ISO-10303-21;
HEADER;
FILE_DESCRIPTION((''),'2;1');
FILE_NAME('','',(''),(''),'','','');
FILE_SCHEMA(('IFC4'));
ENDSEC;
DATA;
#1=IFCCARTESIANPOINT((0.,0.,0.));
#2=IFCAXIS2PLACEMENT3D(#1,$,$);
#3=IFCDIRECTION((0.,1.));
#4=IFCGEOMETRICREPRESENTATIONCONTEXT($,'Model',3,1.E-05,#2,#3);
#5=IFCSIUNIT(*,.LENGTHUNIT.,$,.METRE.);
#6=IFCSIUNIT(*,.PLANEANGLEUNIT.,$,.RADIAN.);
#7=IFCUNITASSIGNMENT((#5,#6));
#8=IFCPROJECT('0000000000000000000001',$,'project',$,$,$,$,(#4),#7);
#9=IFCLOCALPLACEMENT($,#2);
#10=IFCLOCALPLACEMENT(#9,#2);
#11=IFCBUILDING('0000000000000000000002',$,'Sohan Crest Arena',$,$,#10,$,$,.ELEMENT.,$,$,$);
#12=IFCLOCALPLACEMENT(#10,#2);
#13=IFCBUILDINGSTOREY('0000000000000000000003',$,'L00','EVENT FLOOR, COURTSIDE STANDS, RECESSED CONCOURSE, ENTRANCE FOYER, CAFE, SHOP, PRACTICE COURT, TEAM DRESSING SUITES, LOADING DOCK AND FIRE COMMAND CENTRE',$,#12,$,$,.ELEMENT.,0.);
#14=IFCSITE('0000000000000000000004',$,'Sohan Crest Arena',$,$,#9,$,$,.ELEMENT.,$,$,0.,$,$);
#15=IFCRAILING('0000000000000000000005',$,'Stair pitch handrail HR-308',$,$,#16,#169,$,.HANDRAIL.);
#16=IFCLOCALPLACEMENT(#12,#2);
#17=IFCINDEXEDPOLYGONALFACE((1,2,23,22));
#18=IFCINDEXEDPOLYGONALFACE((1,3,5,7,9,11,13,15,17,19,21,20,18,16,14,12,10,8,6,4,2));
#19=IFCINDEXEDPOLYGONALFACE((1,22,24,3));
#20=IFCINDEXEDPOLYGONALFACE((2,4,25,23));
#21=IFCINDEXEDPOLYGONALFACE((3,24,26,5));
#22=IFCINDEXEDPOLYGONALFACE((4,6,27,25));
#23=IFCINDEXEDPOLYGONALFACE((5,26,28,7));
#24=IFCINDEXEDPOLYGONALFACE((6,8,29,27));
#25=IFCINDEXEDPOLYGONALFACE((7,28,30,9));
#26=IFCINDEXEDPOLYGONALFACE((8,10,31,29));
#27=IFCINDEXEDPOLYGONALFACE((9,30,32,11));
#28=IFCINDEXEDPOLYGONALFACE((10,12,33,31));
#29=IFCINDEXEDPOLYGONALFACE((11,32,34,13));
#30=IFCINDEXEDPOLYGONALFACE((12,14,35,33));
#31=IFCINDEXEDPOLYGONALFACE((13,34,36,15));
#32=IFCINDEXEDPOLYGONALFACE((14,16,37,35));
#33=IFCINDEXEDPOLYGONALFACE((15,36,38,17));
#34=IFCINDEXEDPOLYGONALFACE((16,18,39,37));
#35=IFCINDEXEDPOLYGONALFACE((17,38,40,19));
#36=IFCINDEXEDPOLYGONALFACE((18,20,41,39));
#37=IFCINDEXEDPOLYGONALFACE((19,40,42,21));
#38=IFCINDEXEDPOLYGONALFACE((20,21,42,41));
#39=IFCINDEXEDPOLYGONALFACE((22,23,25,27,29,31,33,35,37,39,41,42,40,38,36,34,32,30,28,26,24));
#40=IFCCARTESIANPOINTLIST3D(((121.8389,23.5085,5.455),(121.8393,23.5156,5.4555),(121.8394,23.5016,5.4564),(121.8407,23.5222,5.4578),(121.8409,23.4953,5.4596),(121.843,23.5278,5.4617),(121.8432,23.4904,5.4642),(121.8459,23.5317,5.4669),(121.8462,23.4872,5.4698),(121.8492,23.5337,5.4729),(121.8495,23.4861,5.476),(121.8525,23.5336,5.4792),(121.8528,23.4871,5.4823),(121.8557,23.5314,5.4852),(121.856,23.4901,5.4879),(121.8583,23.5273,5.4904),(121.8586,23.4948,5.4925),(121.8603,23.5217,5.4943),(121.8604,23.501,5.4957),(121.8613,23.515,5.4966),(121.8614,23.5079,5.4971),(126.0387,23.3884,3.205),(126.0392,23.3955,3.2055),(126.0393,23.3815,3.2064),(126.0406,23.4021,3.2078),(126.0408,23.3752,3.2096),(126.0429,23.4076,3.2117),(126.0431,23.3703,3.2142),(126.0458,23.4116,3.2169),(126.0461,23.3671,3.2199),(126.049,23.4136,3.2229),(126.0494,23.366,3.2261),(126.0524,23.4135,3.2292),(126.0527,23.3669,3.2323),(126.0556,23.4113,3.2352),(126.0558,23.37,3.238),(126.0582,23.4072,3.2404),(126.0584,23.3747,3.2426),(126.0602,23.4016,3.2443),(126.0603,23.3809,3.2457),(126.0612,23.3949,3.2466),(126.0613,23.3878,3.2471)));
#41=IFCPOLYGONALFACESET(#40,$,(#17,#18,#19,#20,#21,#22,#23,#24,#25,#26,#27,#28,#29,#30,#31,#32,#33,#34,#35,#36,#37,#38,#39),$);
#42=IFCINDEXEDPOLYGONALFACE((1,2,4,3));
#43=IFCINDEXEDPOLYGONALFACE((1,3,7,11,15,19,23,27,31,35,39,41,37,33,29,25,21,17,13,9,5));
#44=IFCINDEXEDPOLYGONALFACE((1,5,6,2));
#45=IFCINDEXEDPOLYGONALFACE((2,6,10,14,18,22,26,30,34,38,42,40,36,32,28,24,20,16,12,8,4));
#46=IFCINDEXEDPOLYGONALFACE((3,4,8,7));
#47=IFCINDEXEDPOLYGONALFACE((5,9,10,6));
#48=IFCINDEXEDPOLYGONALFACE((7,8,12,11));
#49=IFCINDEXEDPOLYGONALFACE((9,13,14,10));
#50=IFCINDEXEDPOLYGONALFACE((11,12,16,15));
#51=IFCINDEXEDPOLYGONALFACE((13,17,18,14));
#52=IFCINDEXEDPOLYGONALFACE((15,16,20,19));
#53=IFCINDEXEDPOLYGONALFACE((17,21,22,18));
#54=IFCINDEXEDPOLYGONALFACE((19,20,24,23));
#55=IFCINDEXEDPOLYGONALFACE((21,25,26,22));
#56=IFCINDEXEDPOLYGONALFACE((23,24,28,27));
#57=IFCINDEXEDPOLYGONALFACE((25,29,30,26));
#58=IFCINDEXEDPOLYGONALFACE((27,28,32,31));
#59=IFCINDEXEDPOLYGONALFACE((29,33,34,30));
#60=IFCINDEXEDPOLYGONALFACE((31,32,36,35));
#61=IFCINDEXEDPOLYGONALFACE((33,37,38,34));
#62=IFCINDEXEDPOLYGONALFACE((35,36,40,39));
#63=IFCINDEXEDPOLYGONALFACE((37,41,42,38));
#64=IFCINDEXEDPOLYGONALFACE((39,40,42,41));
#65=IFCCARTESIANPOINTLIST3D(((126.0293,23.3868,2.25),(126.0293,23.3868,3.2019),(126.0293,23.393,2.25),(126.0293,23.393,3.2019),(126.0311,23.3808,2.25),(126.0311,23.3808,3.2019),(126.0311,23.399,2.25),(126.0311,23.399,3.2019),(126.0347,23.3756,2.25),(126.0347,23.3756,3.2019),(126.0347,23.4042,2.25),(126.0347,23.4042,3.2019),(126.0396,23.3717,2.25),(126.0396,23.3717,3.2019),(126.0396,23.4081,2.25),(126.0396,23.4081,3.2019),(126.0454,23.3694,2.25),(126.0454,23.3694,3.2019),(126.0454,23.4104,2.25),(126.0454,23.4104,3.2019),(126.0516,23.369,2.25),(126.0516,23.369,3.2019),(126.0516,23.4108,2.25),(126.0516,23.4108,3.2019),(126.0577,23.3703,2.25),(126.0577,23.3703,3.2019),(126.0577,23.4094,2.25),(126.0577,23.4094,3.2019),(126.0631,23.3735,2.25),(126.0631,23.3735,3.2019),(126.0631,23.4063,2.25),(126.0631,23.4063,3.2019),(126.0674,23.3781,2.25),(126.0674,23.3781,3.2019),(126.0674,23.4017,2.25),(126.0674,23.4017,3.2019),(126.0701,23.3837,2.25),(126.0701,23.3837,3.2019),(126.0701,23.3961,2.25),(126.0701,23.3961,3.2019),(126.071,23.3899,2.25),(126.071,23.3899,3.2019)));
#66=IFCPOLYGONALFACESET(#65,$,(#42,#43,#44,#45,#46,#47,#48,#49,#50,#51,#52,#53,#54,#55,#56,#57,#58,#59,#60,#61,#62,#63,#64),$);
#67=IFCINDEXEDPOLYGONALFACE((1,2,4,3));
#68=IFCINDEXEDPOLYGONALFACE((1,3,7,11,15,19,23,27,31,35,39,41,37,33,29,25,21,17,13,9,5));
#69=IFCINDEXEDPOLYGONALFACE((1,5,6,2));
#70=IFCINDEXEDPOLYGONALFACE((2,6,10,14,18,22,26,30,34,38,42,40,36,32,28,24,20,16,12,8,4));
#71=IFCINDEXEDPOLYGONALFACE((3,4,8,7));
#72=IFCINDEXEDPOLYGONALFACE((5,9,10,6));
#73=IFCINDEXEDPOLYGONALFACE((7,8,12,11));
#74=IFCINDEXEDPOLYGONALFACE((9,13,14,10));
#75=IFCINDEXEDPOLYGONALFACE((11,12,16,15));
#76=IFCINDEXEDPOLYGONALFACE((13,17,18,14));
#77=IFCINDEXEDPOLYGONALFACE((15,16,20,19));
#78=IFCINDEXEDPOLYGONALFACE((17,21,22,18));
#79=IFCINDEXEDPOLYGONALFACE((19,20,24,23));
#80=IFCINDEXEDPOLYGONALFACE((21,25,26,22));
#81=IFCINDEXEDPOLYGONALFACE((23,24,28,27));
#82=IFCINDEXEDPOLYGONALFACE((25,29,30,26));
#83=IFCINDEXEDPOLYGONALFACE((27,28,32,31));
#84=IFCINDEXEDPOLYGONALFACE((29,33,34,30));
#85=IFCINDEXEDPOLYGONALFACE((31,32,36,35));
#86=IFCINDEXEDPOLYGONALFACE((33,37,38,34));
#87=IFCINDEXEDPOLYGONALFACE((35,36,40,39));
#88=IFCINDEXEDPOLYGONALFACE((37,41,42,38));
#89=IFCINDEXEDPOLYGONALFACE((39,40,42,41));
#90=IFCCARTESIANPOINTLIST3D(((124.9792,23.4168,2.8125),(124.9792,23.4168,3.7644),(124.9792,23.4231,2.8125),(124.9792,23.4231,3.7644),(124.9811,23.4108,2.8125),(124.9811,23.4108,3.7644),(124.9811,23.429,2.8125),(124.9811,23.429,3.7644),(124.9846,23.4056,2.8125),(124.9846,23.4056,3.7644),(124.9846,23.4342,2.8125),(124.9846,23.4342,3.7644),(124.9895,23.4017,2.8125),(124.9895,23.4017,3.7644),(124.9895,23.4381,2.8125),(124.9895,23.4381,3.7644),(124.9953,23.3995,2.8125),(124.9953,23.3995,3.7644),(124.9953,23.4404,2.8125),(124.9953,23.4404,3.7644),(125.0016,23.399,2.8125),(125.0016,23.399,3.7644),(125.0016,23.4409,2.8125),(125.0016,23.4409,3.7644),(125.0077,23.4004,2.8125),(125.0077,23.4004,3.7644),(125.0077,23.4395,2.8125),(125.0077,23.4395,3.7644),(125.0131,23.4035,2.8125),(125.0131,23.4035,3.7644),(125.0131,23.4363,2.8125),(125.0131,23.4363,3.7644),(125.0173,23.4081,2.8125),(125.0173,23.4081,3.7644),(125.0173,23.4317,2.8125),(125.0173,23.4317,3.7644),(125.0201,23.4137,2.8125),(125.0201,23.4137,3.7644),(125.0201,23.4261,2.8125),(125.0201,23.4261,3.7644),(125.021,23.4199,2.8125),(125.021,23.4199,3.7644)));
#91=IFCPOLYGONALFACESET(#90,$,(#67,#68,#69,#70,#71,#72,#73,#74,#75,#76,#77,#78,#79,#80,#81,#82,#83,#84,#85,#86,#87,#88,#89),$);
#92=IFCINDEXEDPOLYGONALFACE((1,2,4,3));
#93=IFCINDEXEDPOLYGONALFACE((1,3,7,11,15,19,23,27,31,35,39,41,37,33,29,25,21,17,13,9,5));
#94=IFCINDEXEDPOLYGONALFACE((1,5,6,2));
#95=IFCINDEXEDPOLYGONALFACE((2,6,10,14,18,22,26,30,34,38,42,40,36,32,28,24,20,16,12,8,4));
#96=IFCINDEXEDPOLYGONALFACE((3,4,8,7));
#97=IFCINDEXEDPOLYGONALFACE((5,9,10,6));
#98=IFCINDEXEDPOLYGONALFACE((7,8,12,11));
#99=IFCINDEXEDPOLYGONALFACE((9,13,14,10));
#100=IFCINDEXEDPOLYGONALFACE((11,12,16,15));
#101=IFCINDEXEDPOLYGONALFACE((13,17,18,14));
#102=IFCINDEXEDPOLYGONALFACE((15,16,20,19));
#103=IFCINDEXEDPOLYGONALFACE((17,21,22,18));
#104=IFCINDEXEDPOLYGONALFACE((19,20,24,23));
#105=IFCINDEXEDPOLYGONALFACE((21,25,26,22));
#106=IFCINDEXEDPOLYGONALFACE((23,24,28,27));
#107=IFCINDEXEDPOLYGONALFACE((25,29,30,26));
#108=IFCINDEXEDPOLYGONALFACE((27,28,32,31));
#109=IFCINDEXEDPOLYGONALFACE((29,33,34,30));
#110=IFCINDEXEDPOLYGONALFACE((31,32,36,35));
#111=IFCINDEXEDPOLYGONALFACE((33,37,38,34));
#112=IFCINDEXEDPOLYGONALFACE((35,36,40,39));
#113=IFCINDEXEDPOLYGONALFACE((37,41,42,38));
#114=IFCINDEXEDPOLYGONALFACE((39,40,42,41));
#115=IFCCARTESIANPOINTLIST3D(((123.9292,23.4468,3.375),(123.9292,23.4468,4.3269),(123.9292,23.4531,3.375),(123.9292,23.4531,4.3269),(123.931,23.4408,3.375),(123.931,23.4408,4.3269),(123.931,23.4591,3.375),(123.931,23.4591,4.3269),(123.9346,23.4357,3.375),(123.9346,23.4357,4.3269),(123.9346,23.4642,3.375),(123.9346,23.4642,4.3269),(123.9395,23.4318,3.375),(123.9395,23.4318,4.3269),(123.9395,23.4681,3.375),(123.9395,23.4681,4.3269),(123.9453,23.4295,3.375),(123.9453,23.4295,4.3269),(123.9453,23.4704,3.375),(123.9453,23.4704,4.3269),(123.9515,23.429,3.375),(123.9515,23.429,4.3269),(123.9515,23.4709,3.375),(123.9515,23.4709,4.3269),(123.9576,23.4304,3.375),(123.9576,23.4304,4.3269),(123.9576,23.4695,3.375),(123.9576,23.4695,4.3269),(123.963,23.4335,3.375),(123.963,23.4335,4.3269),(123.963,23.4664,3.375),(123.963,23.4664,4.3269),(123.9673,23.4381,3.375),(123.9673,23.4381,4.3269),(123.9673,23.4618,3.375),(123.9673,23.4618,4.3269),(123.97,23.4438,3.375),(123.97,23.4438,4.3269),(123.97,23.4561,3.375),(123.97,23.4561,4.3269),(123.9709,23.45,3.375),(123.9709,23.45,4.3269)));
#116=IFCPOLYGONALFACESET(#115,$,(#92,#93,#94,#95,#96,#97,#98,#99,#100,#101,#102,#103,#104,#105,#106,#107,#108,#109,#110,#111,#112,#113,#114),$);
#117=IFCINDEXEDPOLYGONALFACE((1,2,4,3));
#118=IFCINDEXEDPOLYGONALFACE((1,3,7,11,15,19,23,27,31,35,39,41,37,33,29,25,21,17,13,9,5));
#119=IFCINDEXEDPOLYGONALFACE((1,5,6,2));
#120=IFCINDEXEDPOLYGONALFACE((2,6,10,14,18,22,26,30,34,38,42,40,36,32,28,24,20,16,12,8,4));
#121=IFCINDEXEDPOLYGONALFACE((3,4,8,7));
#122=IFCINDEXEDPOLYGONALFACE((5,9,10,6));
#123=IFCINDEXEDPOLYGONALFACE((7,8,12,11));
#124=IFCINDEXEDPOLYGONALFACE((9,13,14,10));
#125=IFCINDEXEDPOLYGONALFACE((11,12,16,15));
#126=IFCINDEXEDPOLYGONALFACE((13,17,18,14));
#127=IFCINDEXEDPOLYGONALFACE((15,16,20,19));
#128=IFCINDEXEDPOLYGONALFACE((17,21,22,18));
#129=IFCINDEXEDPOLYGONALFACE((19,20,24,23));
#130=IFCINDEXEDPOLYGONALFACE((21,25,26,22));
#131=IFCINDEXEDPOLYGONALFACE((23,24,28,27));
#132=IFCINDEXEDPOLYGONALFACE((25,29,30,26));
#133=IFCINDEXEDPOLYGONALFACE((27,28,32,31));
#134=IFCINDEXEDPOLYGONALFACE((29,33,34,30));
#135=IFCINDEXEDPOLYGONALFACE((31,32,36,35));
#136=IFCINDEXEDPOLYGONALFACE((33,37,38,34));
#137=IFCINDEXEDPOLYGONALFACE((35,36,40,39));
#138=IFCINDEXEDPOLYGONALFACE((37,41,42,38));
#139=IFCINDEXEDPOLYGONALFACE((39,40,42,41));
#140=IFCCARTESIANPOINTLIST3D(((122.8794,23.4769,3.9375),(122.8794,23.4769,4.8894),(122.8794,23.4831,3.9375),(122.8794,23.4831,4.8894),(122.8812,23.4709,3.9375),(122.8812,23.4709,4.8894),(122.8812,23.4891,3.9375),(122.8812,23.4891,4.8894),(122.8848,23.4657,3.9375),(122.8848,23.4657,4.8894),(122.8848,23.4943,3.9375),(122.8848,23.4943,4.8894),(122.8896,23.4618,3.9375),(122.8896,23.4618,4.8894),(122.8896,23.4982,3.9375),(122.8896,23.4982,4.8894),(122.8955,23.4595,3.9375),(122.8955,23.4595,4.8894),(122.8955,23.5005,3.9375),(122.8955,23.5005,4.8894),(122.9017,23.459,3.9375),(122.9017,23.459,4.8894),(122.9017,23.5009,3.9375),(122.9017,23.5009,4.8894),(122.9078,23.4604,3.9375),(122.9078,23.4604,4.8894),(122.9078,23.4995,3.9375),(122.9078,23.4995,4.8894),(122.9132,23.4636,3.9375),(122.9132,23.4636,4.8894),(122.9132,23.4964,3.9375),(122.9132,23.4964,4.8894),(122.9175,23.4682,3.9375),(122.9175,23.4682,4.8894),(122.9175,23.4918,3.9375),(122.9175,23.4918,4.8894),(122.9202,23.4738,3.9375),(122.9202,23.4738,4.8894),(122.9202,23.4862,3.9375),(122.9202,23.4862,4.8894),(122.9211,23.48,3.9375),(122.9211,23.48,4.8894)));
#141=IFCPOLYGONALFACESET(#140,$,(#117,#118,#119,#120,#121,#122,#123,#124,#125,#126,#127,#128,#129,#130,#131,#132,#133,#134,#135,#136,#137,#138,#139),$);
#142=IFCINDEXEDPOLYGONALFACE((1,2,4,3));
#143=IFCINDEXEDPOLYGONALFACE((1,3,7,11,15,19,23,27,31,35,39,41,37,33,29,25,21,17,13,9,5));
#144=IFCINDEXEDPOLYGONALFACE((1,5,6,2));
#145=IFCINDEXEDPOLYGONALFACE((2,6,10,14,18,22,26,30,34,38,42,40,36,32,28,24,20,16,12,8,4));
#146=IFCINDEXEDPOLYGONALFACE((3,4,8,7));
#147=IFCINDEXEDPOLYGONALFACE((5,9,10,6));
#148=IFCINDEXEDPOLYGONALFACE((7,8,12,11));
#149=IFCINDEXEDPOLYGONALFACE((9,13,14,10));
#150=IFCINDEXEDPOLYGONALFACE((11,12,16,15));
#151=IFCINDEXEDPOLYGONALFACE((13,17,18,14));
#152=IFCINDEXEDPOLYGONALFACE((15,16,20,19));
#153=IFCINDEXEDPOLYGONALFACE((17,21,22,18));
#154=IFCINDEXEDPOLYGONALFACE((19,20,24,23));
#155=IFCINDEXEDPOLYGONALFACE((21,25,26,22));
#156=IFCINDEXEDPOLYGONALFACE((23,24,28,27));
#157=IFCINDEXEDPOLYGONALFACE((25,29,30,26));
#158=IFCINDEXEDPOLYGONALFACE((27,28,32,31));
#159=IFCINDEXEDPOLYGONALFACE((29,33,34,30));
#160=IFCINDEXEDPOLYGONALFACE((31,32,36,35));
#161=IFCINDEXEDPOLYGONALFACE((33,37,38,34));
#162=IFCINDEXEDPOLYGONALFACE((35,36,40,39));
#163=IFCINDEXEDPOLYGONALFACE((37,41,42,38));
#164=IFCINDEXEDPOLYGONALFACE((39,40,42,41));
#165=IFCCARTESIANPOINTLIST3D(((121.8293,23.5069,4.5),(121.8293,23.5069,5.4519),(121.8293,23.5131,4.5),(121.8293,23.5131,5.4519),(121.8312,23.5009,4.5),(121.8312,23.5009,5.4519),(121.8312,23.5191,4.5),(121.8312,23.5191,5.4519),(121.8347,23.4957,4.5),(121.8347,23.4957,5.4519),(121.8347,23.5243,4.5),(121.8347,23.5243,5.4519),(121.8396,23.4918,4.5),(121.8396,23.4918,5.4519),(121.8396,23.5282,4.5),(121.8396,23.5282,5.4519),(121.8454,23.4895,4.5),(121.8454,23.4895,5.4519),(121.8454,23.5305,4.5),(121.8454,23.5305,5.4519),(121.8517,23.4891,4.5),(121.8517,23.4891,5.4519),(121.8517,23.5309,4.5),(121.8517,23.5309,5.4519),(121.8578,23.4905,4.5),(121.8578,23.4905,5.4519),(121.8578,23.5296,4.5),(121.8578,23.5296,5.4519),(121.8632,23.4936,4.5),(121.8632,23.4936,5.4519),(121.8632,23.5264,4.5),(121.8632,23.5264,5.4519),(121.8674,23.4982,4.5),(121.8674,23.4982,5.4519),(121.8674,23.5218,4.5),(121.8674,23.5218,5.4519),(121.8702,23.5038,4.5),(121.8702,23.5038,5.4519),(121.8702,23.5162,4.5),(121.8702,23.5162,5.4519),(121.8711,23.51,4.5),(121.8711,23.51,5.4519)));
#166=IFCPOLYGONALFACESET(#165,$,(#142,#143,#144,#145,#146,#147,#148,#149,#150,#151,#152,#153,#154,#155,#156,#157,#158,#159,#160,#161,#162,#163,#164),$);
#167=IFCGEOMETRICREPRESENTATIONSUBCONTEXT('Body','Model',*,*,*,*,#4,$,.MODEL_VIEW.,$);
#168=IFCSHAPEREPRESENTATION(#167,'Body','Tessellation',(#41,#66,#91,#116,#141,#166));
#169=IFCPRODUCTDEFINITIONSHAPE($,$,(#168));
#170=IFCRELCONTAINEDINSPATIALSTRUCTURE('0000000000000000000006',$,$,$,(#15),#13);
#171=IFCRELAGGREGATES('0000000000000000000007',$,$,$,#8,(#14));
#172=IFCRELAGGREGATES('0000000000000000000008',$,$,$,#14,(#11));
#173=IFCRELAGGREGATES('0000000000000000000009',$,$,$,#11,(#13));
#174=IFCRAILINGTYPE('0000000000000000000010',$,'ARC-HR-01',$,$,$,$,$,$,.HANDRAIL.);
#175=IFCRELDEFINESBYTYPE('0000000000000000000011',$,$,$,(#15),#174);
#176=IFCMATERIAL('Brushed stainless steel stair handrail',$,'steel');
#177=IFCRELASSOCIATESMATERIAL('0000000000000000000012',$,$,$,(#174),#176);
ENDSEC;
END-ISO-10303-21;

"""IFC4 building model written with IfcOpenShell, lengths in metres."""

from ifc_helpers import new_model, si_unit, direction, frame, origin, origin_2d, place, context, subcontext, project, spatial, circle, extrude, material, type_object, element, save


model = new_model("IFC4")

# Units and contexts
model_context = context("Model", 3, precision=1e-05, world=origin(), true_north=direction((0.0, 1.0)))
body_context = subcontext(model_context, "Body", "Model", "MODEL_VIEW")
ifc_project = project(units=[si_unit("LENGTHUNIT", "METRE"), si_unit("PLANEANGLEUNIT", "RADIAN")], contexts=[model_context])

# Site, building, storey
site_placement = place(None, origin())
site = spatial("IfcSite", under=ifc_project, at=site_placement, Name="Sohan Crest Arena", CompositionType="ELEMENT", RefElevation=0.0)
building_placement = place(site_placement, origin())
building = spatial("IfcBuilding", under=site, at=building_placement, Name="Sohan Crest Arena", CompositionType="ELEMENT")
storey_placement = place(building_placement, origin())
storey = spatial("IfcBuildingStorey", under=building, at=storey_placement, Name="L00", Description="EVENT FLOOR, COURTSIDE STANDS, RECESSED CONCOURSE, ENTRANCE FOYER, CAFE, SHOP, PRACTICE COURT, TEAM DRESSING SUITES, LOADING DOCK AND FIRE COMMAND CENTRE", CompositionType="ELEMENT", Elevation=0.0)

# Railing
ifc_material_1 = material(Name="Brushed stainless steel stair handrail", Category="steel")
railing_type_1 = type_object("IfcRailingType", Name="ARC-HR-01", PredefinedType="HANDRAIL", material=ifc_material_1)
railing_1_placement = place(storey_placement, frame((126.05, 23.3899, 2.25)))
element("IfcRailing", 1, at=railing_1_placement, inside=storey, type_object=railing_type_1, Name="Stair pitch handrail HR-308", PredefinedType="HANDRAIL", context=body_context, shape_type="SweptSolid", body=[
    extrude(circle(Radius=0.0239, at=origin_2d()), frame((0.0, 0.0, 0.9761), z_axis=(-0.881198, 0.025202, 0.472076), x_axis=(-0.028588, -0.999591, 0.0)), (0.0, 0.0, 1.0), 4.7661),
    extrude(circle(Radius=0.021, at=origin_2d()), origin(), (0.0, 0.0, 1.0), 0.9519),
    extrude(circle(Radius=0.021, at=origin_2d()), frame((-1.05, 0.03, 0.5625)), (0.0, 0.0, 1.0), 0.9519),
    extrude(circle(Radius=0.021, at=origin_2d()), frame((-2.1001, 0.0601, 1.125)), (0.0, 0.0, 1.0), 0.9519),
    extrude(circle(Radius=0.021, at=origin_2d()), frame((-3.1499, 0.0901, 1.6875)), (0.0, 0.0, 1.0), 0.9519),
    extrude(circle(Radius=0.021, at=origin_2d()), frame((-4.2, 0.1201, 2.25)), (0.0, 0.0, 1.0), 0.9519),
])

save(model, "model.ifc")
